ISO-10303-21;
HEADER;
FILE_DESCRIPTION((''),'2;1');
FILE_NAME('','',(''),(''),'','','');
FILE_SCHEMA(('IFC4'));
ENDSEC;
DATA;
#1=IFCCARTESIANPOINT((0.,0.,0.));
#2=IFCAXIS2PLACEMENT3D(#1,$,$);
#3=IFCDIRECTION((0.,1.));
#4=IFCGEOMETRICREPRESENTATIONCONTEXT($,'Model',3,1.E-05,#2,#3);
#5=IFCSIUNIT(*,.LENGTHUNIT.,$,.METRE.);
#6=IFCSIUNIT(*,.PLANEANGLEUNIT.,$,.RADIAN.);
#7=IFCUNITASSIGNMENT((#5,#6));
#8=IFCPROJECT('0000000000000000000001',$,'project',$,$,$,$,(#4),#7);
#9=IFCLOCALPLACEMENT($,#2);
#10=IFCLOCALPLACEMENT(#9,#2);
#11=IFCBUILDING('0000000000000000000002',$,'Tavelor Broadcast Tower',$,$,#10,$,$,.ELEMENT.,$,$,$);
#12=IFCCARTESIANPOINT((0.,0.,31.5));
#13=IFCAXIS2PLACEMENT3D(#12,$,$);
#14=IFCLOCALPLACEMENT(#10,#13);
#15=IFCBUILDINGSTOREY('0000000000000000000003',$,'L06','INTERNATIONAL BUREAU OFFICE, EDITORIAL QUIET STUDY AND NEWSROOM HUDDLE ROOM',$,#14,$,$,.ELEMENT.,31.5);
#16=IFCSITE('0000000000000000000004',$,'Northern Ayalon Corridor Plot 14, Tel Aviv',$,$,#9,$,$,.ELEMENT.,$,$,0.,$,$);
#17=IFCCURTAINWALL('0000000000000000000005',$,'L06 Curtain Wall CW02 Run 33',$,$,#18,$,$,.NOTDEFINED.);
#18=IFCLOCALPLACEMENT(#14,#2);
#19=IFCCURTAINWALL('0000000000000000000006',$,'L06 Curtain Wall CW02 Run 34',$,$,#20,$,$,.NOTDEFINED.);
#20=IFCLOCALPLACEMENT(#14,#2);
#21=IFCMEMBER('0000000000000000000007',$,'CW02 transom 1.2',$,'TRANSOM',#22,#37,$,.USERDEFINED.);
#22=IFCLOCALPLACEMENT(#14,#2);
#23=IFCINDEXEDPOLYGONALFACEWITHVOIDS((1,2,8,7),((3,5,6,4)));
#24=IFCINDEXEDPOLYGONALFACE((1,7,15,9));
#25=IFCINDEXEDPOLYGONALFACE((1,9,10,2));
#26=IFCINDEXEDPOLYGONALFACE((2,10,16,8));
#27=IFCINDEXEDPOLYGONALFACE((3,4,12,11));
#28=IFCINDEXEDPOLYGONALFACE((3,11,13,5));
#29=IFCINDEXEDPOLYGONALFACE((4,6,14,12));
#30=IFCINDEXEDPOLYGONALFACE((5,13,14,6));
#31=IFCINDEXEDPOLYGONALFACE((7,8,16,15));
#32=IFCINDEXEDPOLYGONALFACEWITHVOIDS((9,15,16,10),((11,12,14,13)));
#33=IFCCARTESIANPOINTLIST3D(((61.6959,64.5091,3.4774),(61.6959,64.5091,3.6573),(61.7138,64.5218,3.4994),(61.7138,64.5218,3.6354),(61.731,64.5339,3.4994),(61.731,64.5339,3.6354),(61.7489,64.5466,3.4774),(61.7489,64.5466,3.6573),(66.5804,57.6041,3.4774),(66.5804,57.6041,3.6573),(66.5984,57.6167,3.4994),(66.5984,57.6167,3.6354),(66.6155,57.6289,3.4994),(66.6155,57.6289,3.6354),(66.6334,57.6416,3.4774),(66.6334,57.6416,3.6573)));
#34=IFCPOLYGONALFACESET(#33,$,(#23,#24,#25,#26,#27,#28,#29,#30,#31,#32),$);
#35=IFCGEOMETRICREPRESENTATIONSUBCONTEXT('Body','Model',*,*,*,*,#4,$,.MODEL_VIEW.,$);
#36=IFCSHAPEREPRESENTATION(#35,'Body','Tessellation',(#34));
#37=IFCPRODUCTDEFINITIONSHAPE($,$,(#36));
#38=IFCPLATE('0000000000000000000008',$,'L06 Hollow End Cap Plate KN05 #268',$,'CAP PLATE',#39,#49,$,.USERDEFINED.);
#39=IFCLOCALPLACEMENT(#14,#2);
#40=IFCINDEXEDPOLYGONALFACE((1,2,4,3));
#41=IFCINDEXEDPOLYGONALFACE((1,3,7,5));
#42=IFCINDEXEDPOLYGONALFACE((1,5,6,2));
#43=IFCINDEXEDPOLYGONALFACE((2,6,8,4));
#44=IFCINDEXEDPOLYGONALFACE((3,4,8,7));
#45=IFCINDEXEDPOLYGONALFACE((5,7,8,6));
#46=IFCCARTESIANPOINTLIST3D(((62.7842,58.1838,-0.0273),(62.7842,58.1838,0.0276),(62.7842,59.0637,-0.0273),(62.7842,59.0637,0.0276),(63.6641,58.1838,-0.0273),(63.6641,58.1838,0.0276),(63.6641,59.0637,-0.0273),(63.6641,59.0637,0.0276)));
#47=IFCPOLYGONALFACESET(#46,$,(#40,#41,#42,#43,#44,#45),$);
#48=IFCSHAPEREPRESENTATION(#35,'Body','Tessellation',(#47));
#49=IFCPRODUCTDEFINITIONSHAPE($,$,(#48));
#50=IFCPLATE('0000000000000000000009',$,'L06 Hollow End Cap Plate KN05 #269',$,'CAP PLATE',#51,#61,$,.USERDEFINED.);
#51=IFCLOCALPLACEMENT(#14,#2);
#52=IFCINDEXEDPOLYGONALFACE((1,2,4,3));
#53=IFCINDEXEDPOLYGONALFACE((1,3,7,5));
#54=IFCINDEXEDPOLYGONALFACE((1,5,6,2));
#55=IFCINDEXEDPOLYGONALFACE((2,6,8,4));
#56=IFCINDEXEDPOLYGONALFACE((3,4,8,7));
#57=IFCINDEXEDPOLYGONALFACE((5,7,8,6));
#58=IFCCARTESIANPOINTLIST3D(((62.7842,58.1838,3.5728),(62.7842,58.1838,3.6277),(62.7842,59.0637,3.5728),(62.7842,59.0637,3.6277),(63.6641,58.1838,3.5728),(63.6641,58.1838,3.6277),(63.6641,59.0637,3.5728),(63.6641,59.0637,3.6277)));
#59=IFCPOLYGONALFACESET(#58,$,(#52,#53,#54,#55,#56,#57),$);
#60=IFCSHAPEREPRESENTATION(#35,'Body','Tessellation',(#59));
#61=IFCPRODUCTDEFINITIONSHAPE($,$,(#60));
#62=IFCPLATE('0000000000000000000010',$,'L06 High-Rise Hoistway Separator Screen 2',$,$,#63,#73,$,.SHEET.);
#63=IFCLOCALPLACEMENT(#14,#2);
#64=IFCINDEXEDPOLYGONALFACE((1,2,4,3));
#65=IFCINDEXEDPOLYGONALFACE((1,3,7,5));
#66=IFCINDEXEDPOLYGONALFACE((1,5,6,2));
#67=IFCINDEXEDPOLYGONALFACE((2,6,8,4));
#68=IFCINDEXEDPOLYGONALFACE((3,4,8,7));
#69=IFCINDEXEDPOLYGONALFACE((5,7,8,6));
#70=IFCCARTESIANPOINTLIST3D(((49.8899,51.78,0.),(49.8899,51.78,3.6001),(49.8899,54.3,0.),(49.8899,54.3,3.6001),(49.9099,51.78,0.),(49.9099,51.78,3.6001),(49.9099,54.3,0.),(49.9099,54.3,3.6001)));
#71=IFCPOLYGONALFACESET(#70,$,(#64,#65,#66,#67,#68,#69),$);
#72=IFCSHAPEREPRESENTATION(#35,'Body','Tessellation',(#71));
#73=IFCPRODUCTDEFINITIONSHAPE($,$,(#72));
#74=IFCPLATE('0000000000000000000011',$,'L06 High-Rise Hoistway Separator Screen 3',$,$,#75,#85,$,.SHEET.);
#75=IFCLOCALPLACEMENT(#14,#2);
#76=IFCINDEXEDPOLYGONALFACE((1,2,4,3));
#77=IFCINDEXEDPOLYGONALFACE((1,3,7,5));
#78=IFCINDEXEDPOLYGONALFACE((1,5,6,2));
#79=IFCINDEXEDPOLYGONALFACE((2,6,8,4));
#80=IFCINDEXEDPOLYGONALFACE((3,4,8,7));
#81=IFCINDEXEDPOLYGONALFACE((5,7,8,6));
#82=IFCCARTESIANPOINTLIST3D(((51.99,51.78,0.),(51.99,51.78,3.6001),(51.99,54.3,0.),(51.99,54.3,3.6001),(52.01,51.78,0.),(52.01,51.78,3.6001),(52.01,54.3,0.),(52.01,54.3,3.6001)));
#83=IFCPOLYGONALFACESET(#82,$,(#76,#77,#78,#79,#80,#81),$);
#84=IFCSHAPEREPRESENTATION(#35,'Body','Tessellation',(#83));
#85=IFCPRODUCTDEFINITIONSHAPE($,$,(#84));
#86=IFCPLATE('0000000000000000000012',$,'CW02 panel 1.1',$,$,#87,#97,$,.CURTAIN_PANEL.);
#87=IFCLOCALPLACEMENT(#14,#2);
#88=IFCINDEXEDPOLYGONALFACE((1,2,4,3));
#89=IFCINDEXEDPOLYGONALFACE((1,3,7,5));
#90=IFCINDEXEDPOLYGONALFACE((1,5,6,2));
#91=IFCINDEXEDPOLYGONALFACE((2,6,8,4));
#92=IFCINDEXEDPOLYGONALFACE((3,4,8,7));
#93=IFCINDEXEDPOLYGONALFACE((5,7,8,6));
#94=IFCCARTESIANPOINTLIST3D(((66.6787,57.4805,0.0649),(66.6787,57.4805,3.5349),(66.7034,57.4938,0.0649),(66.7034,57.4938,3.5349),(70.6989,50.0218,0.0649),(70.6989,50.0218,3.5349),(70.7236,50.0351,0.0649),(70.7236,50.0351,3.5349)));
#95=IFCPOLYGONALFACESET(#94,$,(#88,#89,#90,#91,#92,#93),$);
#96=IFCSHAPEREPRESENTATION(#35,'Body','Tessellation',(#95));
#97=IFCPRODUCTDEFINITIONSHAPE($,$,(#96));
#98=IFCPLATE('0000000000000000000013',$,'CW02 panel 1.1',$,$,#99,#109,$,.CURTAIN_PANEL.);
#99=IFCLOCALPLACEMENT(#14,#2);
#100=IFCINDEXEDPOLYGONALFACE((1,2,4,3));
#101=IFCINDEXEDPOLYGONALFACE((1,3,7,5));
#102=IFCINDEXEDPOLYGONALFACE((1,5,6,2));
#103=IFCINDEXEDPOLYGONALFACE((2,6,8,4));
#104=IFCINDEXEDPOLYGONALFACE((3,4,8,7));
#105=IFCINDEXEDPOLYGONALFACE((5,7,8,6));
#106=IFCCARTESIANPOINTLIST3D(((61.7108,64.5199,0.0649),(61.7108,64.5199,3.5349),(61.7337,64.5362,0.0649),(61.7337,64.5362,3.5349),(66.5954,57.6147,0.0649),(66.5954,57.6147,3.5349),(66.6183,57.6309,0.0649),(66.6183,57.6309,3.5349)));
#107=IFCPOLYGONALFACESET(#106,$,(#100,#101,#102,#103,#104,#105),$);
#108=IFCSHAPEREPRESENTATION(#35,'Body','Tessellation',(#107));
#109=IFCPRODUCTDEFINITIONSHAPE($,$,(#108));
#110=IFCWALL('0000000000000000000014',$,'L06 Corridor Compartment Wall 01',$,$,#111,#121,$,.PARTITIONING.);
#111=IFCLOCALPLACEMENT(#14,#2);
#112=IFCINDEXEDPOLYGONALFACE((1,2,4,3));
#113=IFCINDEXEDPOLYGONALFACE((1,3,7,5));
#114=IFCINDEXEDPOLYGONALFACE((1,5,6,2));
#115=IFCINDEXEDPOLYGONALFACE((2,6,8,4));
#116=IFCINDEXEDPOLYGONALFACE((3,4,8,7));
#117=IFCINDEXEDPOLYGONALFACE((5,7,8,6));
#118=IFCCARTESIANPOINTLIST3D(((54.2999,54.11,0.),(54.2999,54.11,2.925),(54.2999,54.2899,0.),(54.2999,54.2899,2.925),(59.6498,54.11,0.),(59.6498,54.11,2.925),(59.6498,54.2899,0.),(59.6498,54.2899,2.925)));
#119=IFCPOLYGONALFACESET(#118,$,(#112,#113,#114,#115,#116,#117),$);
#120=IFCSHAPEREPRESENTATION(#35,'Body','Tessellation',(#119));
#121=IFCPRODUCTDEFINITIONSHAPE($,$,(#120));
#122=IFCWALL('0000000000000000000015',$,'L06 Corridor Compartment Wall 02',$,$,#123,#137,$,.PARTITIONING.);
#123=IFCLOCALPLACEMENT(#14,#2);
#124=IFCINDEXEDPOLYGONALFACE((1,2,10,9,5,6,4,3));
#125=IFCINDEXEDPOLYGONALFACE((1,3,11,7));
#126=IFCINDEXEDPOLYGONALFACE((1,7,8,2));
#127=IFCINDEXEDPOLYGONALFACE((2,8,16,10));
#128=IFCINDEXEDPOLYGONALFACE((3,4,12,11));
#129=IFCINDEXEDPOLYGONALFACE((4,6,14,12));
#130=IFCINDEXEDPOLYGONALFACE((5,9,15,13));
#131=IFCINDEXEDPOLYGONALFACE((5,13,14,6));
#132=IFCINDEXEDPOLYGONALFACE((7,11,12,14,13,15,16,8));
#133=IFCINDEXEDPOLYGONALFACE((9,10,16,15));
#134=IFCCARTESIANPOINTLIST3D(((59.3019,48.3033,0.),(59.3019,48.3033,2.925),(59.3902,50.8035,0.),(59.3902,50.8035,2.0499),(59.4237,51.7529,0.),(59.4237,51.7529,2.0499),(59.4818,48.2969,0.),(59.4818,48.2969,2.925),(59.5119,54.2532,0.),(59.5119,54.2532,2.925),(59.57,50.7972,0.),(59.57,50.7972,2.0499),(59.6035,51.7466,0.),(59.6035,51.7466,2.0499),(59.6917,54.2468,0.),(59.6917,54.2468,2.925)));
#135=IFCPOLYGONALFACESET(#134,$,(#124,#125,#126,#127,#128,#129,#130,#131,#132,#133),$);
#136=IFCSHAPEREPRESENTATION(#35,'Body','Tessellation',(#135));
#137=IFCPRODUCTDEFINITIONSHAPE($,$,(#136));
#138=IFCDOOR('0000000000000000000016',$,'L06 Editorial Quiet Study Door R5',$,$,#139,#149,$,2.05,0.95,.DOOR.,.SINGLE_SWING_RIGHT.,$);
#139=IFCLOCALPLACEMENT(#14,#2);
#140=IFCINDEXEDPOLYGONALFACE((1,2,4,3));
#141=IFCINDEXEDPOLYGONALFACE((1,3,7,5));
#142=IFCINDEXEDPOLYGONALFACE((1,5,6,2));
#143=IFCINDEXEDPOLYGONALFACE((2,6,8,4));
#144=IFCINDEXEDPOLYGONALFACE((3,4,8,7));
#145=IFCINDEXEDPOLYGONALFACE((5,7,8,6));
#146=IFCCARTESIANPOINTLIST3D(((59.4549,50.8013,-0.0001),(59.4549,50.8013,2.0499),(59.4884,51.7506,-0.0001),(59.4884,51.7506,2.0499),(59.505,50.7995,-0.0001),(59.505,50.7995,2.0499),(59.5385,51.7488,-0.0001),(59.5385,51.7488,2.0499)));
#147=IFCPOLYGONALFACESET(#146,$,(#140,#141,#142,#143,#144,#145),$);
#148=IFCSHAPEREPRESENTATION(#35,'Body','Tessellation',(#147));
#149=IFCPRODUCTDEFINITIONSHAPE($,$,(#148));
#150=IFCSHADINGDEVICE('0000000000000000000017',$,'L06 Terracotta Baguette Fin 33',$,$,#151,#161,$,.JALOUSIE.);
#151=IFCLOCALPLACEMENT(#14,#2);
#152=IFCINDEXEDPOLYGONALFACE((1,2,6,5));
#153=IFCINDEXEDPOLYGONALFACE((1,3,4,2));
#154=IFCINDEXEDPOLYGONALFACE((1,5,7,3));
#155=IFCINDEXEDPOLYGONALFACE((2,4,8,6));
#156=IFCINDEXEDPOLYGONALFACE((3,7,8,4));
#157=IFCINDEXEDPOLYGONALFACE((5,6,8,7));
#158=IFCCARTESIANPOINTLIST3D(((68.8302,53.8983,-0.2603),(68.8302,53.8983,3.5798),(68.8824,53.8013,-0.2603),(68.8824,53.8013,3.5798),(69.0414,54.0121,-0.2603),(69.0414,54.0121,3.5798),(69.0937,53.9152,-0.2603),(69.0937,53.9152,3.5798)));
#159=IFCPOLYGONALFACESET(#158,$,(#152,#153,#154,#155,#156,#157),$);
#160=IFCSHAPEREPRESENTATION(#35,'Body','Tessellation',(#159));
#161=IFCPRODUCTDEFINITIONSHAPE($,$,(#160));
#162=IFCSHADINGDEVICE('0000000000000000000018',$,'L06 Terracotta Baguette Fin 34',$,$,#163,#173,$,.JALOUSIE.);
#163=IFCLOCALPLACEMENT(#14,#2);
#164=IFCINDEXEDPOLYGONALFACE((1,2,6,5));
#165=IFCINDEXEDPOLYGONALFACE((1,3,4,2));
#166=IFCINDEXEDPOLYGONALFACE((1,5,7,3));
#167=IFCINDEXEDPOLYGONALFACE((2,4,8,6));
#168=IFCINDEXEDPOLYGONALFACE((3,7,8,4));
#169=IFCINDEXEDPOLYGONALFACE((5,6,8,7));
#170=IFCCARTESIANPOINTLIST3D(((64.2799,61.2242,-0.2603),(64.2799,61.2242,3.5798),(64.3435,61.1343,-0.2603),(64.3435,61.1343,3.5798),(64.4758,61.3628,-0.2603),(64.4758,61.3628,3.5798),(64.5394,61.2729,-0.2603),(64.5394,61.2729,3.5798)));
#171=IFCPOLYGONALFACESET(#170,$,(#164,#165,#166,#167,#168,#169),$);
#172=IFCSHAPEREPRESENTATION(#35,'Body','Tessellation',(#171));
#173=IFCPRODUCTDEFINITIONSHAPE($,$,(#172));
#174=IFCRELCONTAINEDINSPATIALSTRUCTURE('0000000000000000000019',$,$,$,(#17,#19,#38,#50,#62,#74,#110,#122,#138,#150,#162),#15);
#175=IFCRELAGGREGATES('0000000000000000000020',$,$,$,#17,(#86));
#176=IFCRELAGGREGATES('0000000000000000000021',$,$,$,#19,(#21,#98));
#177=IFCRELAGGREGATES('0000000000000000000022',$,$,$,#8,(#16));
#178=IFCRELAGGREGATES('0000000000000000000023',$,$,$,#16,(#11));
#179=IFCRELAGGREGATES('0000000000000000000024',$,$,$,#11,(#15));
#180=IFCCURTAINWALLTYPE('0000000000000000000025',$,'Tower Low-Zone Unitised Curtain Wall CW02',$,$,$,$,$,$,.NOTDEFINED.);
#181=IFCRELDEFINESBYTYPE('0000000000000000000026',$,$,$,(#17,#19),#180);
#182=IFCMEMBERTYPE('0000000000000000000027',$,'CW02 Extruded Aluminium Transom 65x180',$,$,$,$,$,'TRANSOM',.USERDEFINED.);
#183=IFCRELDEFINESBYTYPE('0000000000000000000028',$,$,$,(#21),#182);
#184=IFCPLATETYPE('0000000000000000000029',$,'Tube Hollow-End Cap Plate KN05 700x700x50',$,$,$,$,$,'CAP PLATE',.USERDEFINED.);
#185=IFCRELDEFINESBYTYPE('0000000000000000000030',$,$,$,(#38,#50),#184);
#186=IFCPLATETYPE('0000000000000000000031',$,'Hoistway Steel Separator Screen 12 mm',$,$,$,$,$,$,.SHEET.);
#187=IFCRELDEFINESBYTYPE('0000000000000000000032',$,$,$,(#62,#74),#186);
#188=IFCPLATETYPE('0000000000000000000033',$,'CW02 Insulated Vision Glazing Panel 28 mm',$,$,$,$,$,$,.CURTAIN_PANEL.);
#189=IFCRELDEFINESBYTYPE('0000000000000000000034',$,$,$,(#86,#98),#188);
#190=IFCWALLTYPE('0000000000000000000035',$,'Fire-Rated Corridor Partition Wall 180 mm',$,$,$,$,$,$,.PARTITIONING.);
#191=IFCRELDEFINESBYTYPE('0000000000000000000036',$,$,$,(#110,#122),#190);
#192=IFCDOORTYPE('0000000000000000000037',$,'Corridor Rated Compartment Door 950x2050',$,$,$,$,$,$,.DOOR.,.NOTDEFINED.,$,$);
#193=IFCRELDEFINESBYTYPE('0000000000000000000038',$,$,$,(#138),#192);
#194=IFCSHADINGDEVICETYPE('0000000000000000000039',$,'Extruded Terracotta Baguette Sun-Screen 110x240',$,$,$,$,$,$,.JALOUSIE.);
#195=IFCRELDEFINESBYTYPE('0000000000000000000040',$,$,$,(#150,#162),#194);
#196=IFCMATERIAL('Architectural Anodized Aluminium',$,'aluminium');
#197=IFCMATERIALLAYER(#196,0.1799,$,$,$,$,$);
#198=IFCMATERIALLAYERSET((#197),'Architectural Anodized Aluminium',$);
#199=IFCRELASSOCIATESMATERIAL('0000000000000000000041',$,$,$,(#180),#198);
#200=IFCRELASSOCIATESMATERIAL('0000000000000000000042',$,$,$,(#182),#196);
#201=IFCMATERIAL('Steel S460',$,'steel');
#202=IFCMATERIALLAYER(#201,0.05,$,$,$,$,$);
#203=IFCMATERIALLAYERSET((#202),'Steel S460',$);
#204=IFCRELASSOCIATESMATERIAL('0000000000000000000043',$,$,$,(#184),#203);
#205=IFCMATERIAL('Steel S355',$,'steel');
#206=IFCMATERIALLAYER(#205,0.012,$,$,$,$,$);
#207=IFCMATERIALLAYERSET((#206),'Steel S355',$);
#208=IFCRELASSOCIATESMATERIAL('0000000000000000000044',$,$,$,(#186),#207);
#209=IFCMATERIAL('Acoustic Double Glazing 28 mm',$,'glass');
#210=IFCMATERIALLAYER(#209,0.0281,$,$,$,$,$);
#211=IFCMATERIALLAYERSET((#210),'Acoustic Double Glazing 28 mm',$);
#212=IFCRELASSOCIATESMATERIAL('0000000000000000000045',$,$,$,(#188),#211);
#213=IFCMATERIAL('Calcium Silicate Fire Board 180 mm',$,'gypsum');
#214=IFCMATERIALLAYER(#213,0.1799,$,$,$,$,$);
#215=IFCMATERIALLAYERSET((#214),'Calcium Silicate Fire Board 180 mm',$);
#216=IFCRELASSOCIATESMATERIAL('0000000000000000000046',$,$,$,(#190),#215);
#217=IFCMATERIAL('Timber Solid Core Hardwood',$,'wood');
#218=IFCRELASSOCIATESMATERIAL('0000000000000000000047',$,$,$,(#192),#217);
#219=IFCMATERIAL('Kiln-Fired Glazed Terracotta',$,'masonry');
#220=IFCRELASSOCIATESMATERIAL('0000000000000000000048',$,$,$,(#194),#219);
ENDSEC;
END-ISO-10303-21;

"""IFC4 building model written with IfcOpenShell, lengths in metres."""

from ifc_helpers import new_model, si_unit, direction, frame, frame_2d, origin, origin_2d, place, context, subcontext, project, spatial, rectangle, hollow_rectangle, extrude, source, transform, mapped, material, layer, layer_set, material_profile, profile_set, type_object, type_shapes, element, fill, aggregate, save


model = new_model("IFC4")

# Units and contexts
model_context = context("Model", 3, precision=1e-05, world=origin(), true_north=direction((0.0, 1.0)))
body_context = subcontext(model_context, "Body", "Model", "MODEL_VIEW")
ifc_project = project(units=[si_unit("LENGTHUNIT", "METRE"), si_unit("PLANEANGLEUNIT", "RADIAN")], contexts=[model_context])

# Site, building, storey
site_placement = place(None, origin())
site = spatial("IfcSite", under=ifc_project, at=site_placement, Name="Northern Ayalon Corridor Plot 14, Tel Aviv", CompositionType="ELEMENT", RefElevation=0.0)
building_placement = place(site_placement, origin())
building = spatial("IfcBuilding", under=site, at=building_placement, Name="Tavelor Broadcast Tower", CompositionType="ELEMENT")
storey_placement = place(building_placement, frame((0.0, 0.0, 31.5)))
storey = spatial("IfcBuildingStorey", under=building, at=storey_placement, Name="L06", Description="INTERNATIONAL BUREAU OFFICE, EDITORIAL QUIET STUDY AND NEWSROOM HUDDLE ROOM", CompositionType="ELEMENT", Elevation=31.5)

# Shared definitions
ifc_material_1 = material(Name="Steel S460", Category="steel")

# Shared definitions
ifc_material_2 = material(Name="Steel S355", Category="steel")

# Curtain wall
ifc_material_3 = material(Name="Architectural Anodized Aluminium", Category="aluminium")
ifc_layer_1 = layer(ifc_material_3, 0.1799)
ifc_layer_set_1 = layer_set([ifc_layer_1], Name="Architectural Anodized Aluminium")
curtain_wall_type = type_object("IfcCurtainWallType", Name="Tower Low-Zone Unitised Curtain Wall CW02", PredefinedType="NOTDEFINED", material=ifc_layer_set_1)
curtain_wall_1_placement = place(storey_placement, origin())
curtain_wall_1 = element("IfcCurtainWall", 1, at=curtain_wall_1_placement, inside=storey, type_object=curtain_wall_type, Name="L06 Curtain Wall CW02 Run 33", PredefinedType="NOTDEFINED")

# Curtain wall, member
curtain_wall_2_placement = place(storey_placement, origin())
curtain_wall_2 = element("IfcCurtainWall", 2, at=curtain_wall_2_placement, inside=storey, type_object=curtain_wall_type, Name="L06 Curtain Wall CW02 Run 34", PredefinedType="NOTDEFINED")
ifc_material_profile_1 = material_profile(ifc_material_3, hollow_rectangle(XDim=0.0649, YDim=0.1799, WallThickness=0.022, at=origin_2d()), Name="RHS 65x180x22")
ifc_profile_set_1 = profile_set([ifc_material_profile_1], Name="Architectural Anodized Aluminium")
member_type_1 = type_object("IfcMemberType", Name="CW02 Extruded Aluminium Transom 65x180", ElementType="TRANSOM", PredefinedType="USERDEFINED", material=ifc_profile_set_1)
shared_shape_1 = source(origin(), body_context, "Body", "SweptSolid", [
    extrude(hollow_rectangle(XDim=0.0649, YDim=0.1799, WallThickness=0.022, at=origin_2d()), origin(), (0.0, 0.0, 1.0), 8.458),
])
type_shapes(member_type_1, [shared_shape_1])
member_1_placement = place(storey_placement, frame((66.6069, 57.6228, 3.5674), z_axis=(-0.577502, 0.816389, 0.0), x_axis=(-0.816389, -0.577502, 0.0)))
member_1 = element("IfcMember", 3, at=member_1_placement, type_object=member_type_1, Name="CW02 transom 1.2", ObjectType="TRANSOM", PredefinedType="USERDEFINED", context=body_context, shape_type="MappedRepresentation", body=[
    mapped(shared_shape_1, transform((0.0, 0.0, 0.0), scale=1.0)),
])

# Plates
ifc_layer_2 = layer(ifc_material_1, 0.05)
ifc_layer_set_2 = layer_set([ifc_layer_2], Name="Steel S460")
plate_type_1 = type_object("IfcPlateType", Name="Tube Hollow-End Cap Plate KN05 700x700x50", ElementType="CAP PLATE", PredefinedType="USERDEFINED", material=ifc_layer_set_2)
shared_shape_2 = source(origin(), body_context, "Body", "SweptSolid", [
    extrude(rectangle(XDim=0.8799, YDim=0.8799, at=origin_2d()), origin(), (0.0, 0.0, 1.0), 0.0549),
])
type_shapes(plate_type_1, [shared_shape_2])
for number, where, z_axis, x_axis, name in (
    (4, (63.2241, 58.6238, -0.0273), (0.0, 0.0, 1.0), (1.0, 0.0, 0.0), "L06 Hollow End Cap Plate KN05 #268"),
    (5, (63.2241, 58.6238, 3.5728), (0.0, 0.0, 1.0), (1.0, 0.0, 0.0), "L06 Hollow End Cap Plate KN05 #269"),
):
    element("IfcPlate", number, at=place(storey_placement, frame(where, z_axis=z_axis, x_axis=x_axis)), inside=storey, type_object=plate_type_1, Name=name, ObjectType="CAP PLATE", PredefinedType="USERDEFINED", context=body_context, shape_type="MappedRepresentation", body=[
        mapped(shared_shape_2, transform((0.0, 0.0, 0.0), scale=1.0)),
    ])
ifc_layer_3 = layer(ifc_material_2, 0.012)
ifc_layer_set_3 = layer_set([ifc_layer_3], Name="Steel S355")
plate_type_2 = type_object("IfcPlateType", Name="Hoistway Steel Separator Screen 12 mm", PredefinedType="SHEET", material=ifc_layer_set_3)
shared_shape_3 = source(origin(), body_context, "Body", "SweptSolid", [
    extrude(rectangle(XDim=0.02, YDim=2.52, at=origin_2d()), origin(), (0.0, 0.0, 1.0), 3.6001),
])
type_shapes(plate_type_2, [shared_shape_3])
for number, where, z_axis, x_axis, name in (
    (6, (49.8999, 53.04, 0.0), (0.0, 0.0, 1.0), (1.0, 0.0, 0.0), "L06 High-Rise Hoistway Separator Screen 2"),
    (7, (52.0, 53.04, 0.0), (0.0, 0.0, 1.0), (1.0, 0.0, 0.0), "L06 High-Rise Hoistway Separator Screen 3"),
):
    element("IfcPlate", number, at=place(storey_placement, frame(where, z_axis=z_axis, x_axis=x_axis)), inside=storey, type_object=plate_type_2, Name=name, PredefinedType="SHEET", context=body_context, shape_type="MappedRepresentation", body=[
        mapped(shared_shape_3, transform((0.0, 0.0, 0.0), scale=1.0)),
    ])

# Plates
ifc_material_4 = material(Name="Acoustic Double Glazing 28 mm", Category="glass")
ifc_layer_4 = layer(ifc_material_4, 0.0281)
ifc_layer_set_4 = layer_set([ifc_layer_4], Name="Acoustic Double Glazing 28 mm")
plate_type_3 = type_object("IfcPlateType", Name="CW02 Insulated Vision Glazing Panel 28 mm", PredefinedType="CURTAIN_PANEL", material=ifc_layer_set_4)
shared_shape_4 = source(origin(), body_context, "Body", "SweptSolid", [
    extrude(rectangle(XDim=8.4731, YDim=0.0281, at=origin_2d()), origin(), (0.0, 0.0, 1.0), 3.47),
])
plate_1_placement = place(storey_placement, frame((68.7012, 53.7578, 0.0649), z_axis=(0.0, 0.0, 1.0), x_axis=(-0.474467, 0.880273, 0.0)))
plate_1 = element("IfcPlate", 8, at=plate_1_placement, type_object=plate_type_3, Name="CW02 panel 1.1", PredefinedType="CURTAIN_PANEL", context=body_context, shape_type="MappedRepresentation", body=[
    mapped(shared_shape_4, transform((0.0, 0.0, 0.0), scale=1.0)),
])
aggregate(curtain_wall_1, [plate_1])
shared_shape_5 = source(origin(), body_context, "Body", "SweptSolid", [
    extrude(rectangle(XDim=8.4583, YDim=0.0281, at=origin_2d()), origin(), (0.0, 0.0, 1.0), 3.47),
])
type_shapes(plate_type_3, [shared_shape_4, shared_shape_5])
plate_2_placement = place(storey_placement, frame((64.1646, 61.0754, 0.0649), z_axis=(0.0, 0.0, 1.0), x_axis=(-0.577503, 0.816389, 0.0)))
plate_2 = element("IfcPlate", 9, at=plate_2_placement, type_object=plate_type_3, Name="CW02 panel 1.1", PredefinedType="CURTAIN_PANEL", context=body_context, shape_type="MappedRepresentation", body=[
    mapped(shared_shape_5, transform((0.0, 0.0, 0.0), scale=1.0)),
])
aggregate(curtain_wall_2, [member_1, plate_2])

# Wall
ifc_material_5 = material(Name="Calcium Silicate Fire Board 180 mm", Category="gypsum")
ifc_layer_5 = layer(ifc_material_5, 0.1799)
ifc_layer_set_5 = layer_set([ifc_layer_5], Name="Calcium Silicate Fire Board 180 mm")
wall_type = type_object("IfcWallType", Name="Fire-Rated Corridor Partition Wall 180 mm", PredefinedType="PARTITIONING", material=ifc_layer_set_5)
wall_1_placement = place(storey_placement, frame((54.3, 54.2, 0.0), z_axis=(0.0, 0.0, 1.0), x_axis=(1.0, 0.0, 0.0)))
element("IfcWall", 10, at=wall_1_placement, inside=storey, type_object=wall_type, Name="L06 Corridor Compartment Wall 01", PredefinedType="PARTITIONING", context=body_context, shape_type="SweptSolid", body=[
    extrude(rectangle(XDim=5.3499, YDim=0.1799, at=frame_2d((2.6748, 0.0))), origin(), (0.0, 0.0, 1.0), 2.925),
])

# Wall, opening, door
wall_2_placement = place(storey_placement, frame((59.6018, 54.25, 0.0), z_axis=(0.0, 0.0, 1.0), x_axis=(-0.035266, -0.999378, 0.0)))
wall_2 = element("IfcWall", 11, at=wall_2_placement, inside=storey, type_object=wall_type, Name="L06 Corridor Compartment Wall 02", PredefinedType="PARTITIONING", context=body_context, shape_type="SweptSolid", body=[
    extrude(rectangle(XDim=5.9536, YDim=0.1799, at=frame_2d((2.9768, 0.0))), origin(), (0.0, 0.0, 1.0), 2.925),
])
opening_placement = place(wall_2_placement, frame((2.5017, 0.0, 0.0)))
opening = element("IfcOpeningElement", 12, at=opening_placement, cuts=wall_2, PredefinedType="OPENING", context=body_context, shape_type="SweptSolid", body=[
    extrude(rectangle(XDim=0.95, YDim=2.05, at=frame_2d((0.4751, 1.0249))), frame((0.0, 0.1001, 0.0), z_axis=(0.0, -1.0, 0.0), x_axis=(1.0, 0.0, 0.0)), (0.0, 0.0, 1.0), 0.2),
])
ifc_material_6 = material(Name="Timber Solid Core Hardwood", Category="wood")
door_type = type_object("IfcDoorType", Name="Corridor Rated Compartment Door 950x2050", OperationType="NOTDEFINED", PredefinedType="DOOR", material=ifc_material_6)
door_placement = place(opening_placement, origin())
door = element("IfcDoor", 13, at=door_placement, inside=storey, type_object=door_type, Name="L06 Editorial Quiet Study Door R5", OperationType="SINGLE_SWING_RIGHT", OverallHeight=2.05, OverallWidth=0.95, PredefinedType="DOOR", context=body_context, shape_type="SweptSolid", body=[
    extrude(rectangle(XDim=0.95, YDim=2.05, at=frame_2d((0.4751, 1.0249))), frame((0.0, 0.0249, 0.0), z_axis=(0.0, -1.0, 0.0), x_axis=(1.0, 0.0, 0.0)), (0.0, 0.0, 1.0), 0.05),
])
fill(opening, door)

# Shading devices
ifc_material_7 = material(Name="Kiln-Fired Glazed Terracotta", Category="masonry")
shading_device_type = type_object("IfcShadingDeviceType", Name="Extruded Terracotta Baguette Sun-Screen 110x240", PredefinedType="JALOUSIE", material=ifc_material_7)
shared_shape_6 = source(origin(), body_context, "Body", "SweptSolid", [
    extrude(rectangle(XDim=0.1101, YDim=0.24, at=origin_2d()), origin(), (0.0, 0.0, 1.0), 3.8401),
])
type_shapes(shading_device_type, [shared_shape_6])
for number, where, z_axis, x_axis, name in (
    (14, (68.9619, 53.9067, -0.2603), (0.0, 0.0, 1.0), (-0.474396, 0.880312, 0.0), "L06 Terracotta Baguette Fin 33"),
    (15, (64.4097, 61.2485, -0.2603), (0.0, 0.0, 1.0), (-0.577573, 0.816339, 0.0), "L06 Terracotta Baguette Fin 34"),
):
    element("IfcShadingDevice", number, at=place(storey_placement, frame(where, z_axis=z_axis, x_axis=x_axis)), inside=storey, type_object=shading_device_type, Name=name, PredefinedType="JALOUSIE", context=body_context, shape_type="MappedRepresentation", body=[
        mapped(shared_shape_6, transform((0.0, 0.0, 0.0), scale=1.0)),
    ])

save(model, "model.ifc")
